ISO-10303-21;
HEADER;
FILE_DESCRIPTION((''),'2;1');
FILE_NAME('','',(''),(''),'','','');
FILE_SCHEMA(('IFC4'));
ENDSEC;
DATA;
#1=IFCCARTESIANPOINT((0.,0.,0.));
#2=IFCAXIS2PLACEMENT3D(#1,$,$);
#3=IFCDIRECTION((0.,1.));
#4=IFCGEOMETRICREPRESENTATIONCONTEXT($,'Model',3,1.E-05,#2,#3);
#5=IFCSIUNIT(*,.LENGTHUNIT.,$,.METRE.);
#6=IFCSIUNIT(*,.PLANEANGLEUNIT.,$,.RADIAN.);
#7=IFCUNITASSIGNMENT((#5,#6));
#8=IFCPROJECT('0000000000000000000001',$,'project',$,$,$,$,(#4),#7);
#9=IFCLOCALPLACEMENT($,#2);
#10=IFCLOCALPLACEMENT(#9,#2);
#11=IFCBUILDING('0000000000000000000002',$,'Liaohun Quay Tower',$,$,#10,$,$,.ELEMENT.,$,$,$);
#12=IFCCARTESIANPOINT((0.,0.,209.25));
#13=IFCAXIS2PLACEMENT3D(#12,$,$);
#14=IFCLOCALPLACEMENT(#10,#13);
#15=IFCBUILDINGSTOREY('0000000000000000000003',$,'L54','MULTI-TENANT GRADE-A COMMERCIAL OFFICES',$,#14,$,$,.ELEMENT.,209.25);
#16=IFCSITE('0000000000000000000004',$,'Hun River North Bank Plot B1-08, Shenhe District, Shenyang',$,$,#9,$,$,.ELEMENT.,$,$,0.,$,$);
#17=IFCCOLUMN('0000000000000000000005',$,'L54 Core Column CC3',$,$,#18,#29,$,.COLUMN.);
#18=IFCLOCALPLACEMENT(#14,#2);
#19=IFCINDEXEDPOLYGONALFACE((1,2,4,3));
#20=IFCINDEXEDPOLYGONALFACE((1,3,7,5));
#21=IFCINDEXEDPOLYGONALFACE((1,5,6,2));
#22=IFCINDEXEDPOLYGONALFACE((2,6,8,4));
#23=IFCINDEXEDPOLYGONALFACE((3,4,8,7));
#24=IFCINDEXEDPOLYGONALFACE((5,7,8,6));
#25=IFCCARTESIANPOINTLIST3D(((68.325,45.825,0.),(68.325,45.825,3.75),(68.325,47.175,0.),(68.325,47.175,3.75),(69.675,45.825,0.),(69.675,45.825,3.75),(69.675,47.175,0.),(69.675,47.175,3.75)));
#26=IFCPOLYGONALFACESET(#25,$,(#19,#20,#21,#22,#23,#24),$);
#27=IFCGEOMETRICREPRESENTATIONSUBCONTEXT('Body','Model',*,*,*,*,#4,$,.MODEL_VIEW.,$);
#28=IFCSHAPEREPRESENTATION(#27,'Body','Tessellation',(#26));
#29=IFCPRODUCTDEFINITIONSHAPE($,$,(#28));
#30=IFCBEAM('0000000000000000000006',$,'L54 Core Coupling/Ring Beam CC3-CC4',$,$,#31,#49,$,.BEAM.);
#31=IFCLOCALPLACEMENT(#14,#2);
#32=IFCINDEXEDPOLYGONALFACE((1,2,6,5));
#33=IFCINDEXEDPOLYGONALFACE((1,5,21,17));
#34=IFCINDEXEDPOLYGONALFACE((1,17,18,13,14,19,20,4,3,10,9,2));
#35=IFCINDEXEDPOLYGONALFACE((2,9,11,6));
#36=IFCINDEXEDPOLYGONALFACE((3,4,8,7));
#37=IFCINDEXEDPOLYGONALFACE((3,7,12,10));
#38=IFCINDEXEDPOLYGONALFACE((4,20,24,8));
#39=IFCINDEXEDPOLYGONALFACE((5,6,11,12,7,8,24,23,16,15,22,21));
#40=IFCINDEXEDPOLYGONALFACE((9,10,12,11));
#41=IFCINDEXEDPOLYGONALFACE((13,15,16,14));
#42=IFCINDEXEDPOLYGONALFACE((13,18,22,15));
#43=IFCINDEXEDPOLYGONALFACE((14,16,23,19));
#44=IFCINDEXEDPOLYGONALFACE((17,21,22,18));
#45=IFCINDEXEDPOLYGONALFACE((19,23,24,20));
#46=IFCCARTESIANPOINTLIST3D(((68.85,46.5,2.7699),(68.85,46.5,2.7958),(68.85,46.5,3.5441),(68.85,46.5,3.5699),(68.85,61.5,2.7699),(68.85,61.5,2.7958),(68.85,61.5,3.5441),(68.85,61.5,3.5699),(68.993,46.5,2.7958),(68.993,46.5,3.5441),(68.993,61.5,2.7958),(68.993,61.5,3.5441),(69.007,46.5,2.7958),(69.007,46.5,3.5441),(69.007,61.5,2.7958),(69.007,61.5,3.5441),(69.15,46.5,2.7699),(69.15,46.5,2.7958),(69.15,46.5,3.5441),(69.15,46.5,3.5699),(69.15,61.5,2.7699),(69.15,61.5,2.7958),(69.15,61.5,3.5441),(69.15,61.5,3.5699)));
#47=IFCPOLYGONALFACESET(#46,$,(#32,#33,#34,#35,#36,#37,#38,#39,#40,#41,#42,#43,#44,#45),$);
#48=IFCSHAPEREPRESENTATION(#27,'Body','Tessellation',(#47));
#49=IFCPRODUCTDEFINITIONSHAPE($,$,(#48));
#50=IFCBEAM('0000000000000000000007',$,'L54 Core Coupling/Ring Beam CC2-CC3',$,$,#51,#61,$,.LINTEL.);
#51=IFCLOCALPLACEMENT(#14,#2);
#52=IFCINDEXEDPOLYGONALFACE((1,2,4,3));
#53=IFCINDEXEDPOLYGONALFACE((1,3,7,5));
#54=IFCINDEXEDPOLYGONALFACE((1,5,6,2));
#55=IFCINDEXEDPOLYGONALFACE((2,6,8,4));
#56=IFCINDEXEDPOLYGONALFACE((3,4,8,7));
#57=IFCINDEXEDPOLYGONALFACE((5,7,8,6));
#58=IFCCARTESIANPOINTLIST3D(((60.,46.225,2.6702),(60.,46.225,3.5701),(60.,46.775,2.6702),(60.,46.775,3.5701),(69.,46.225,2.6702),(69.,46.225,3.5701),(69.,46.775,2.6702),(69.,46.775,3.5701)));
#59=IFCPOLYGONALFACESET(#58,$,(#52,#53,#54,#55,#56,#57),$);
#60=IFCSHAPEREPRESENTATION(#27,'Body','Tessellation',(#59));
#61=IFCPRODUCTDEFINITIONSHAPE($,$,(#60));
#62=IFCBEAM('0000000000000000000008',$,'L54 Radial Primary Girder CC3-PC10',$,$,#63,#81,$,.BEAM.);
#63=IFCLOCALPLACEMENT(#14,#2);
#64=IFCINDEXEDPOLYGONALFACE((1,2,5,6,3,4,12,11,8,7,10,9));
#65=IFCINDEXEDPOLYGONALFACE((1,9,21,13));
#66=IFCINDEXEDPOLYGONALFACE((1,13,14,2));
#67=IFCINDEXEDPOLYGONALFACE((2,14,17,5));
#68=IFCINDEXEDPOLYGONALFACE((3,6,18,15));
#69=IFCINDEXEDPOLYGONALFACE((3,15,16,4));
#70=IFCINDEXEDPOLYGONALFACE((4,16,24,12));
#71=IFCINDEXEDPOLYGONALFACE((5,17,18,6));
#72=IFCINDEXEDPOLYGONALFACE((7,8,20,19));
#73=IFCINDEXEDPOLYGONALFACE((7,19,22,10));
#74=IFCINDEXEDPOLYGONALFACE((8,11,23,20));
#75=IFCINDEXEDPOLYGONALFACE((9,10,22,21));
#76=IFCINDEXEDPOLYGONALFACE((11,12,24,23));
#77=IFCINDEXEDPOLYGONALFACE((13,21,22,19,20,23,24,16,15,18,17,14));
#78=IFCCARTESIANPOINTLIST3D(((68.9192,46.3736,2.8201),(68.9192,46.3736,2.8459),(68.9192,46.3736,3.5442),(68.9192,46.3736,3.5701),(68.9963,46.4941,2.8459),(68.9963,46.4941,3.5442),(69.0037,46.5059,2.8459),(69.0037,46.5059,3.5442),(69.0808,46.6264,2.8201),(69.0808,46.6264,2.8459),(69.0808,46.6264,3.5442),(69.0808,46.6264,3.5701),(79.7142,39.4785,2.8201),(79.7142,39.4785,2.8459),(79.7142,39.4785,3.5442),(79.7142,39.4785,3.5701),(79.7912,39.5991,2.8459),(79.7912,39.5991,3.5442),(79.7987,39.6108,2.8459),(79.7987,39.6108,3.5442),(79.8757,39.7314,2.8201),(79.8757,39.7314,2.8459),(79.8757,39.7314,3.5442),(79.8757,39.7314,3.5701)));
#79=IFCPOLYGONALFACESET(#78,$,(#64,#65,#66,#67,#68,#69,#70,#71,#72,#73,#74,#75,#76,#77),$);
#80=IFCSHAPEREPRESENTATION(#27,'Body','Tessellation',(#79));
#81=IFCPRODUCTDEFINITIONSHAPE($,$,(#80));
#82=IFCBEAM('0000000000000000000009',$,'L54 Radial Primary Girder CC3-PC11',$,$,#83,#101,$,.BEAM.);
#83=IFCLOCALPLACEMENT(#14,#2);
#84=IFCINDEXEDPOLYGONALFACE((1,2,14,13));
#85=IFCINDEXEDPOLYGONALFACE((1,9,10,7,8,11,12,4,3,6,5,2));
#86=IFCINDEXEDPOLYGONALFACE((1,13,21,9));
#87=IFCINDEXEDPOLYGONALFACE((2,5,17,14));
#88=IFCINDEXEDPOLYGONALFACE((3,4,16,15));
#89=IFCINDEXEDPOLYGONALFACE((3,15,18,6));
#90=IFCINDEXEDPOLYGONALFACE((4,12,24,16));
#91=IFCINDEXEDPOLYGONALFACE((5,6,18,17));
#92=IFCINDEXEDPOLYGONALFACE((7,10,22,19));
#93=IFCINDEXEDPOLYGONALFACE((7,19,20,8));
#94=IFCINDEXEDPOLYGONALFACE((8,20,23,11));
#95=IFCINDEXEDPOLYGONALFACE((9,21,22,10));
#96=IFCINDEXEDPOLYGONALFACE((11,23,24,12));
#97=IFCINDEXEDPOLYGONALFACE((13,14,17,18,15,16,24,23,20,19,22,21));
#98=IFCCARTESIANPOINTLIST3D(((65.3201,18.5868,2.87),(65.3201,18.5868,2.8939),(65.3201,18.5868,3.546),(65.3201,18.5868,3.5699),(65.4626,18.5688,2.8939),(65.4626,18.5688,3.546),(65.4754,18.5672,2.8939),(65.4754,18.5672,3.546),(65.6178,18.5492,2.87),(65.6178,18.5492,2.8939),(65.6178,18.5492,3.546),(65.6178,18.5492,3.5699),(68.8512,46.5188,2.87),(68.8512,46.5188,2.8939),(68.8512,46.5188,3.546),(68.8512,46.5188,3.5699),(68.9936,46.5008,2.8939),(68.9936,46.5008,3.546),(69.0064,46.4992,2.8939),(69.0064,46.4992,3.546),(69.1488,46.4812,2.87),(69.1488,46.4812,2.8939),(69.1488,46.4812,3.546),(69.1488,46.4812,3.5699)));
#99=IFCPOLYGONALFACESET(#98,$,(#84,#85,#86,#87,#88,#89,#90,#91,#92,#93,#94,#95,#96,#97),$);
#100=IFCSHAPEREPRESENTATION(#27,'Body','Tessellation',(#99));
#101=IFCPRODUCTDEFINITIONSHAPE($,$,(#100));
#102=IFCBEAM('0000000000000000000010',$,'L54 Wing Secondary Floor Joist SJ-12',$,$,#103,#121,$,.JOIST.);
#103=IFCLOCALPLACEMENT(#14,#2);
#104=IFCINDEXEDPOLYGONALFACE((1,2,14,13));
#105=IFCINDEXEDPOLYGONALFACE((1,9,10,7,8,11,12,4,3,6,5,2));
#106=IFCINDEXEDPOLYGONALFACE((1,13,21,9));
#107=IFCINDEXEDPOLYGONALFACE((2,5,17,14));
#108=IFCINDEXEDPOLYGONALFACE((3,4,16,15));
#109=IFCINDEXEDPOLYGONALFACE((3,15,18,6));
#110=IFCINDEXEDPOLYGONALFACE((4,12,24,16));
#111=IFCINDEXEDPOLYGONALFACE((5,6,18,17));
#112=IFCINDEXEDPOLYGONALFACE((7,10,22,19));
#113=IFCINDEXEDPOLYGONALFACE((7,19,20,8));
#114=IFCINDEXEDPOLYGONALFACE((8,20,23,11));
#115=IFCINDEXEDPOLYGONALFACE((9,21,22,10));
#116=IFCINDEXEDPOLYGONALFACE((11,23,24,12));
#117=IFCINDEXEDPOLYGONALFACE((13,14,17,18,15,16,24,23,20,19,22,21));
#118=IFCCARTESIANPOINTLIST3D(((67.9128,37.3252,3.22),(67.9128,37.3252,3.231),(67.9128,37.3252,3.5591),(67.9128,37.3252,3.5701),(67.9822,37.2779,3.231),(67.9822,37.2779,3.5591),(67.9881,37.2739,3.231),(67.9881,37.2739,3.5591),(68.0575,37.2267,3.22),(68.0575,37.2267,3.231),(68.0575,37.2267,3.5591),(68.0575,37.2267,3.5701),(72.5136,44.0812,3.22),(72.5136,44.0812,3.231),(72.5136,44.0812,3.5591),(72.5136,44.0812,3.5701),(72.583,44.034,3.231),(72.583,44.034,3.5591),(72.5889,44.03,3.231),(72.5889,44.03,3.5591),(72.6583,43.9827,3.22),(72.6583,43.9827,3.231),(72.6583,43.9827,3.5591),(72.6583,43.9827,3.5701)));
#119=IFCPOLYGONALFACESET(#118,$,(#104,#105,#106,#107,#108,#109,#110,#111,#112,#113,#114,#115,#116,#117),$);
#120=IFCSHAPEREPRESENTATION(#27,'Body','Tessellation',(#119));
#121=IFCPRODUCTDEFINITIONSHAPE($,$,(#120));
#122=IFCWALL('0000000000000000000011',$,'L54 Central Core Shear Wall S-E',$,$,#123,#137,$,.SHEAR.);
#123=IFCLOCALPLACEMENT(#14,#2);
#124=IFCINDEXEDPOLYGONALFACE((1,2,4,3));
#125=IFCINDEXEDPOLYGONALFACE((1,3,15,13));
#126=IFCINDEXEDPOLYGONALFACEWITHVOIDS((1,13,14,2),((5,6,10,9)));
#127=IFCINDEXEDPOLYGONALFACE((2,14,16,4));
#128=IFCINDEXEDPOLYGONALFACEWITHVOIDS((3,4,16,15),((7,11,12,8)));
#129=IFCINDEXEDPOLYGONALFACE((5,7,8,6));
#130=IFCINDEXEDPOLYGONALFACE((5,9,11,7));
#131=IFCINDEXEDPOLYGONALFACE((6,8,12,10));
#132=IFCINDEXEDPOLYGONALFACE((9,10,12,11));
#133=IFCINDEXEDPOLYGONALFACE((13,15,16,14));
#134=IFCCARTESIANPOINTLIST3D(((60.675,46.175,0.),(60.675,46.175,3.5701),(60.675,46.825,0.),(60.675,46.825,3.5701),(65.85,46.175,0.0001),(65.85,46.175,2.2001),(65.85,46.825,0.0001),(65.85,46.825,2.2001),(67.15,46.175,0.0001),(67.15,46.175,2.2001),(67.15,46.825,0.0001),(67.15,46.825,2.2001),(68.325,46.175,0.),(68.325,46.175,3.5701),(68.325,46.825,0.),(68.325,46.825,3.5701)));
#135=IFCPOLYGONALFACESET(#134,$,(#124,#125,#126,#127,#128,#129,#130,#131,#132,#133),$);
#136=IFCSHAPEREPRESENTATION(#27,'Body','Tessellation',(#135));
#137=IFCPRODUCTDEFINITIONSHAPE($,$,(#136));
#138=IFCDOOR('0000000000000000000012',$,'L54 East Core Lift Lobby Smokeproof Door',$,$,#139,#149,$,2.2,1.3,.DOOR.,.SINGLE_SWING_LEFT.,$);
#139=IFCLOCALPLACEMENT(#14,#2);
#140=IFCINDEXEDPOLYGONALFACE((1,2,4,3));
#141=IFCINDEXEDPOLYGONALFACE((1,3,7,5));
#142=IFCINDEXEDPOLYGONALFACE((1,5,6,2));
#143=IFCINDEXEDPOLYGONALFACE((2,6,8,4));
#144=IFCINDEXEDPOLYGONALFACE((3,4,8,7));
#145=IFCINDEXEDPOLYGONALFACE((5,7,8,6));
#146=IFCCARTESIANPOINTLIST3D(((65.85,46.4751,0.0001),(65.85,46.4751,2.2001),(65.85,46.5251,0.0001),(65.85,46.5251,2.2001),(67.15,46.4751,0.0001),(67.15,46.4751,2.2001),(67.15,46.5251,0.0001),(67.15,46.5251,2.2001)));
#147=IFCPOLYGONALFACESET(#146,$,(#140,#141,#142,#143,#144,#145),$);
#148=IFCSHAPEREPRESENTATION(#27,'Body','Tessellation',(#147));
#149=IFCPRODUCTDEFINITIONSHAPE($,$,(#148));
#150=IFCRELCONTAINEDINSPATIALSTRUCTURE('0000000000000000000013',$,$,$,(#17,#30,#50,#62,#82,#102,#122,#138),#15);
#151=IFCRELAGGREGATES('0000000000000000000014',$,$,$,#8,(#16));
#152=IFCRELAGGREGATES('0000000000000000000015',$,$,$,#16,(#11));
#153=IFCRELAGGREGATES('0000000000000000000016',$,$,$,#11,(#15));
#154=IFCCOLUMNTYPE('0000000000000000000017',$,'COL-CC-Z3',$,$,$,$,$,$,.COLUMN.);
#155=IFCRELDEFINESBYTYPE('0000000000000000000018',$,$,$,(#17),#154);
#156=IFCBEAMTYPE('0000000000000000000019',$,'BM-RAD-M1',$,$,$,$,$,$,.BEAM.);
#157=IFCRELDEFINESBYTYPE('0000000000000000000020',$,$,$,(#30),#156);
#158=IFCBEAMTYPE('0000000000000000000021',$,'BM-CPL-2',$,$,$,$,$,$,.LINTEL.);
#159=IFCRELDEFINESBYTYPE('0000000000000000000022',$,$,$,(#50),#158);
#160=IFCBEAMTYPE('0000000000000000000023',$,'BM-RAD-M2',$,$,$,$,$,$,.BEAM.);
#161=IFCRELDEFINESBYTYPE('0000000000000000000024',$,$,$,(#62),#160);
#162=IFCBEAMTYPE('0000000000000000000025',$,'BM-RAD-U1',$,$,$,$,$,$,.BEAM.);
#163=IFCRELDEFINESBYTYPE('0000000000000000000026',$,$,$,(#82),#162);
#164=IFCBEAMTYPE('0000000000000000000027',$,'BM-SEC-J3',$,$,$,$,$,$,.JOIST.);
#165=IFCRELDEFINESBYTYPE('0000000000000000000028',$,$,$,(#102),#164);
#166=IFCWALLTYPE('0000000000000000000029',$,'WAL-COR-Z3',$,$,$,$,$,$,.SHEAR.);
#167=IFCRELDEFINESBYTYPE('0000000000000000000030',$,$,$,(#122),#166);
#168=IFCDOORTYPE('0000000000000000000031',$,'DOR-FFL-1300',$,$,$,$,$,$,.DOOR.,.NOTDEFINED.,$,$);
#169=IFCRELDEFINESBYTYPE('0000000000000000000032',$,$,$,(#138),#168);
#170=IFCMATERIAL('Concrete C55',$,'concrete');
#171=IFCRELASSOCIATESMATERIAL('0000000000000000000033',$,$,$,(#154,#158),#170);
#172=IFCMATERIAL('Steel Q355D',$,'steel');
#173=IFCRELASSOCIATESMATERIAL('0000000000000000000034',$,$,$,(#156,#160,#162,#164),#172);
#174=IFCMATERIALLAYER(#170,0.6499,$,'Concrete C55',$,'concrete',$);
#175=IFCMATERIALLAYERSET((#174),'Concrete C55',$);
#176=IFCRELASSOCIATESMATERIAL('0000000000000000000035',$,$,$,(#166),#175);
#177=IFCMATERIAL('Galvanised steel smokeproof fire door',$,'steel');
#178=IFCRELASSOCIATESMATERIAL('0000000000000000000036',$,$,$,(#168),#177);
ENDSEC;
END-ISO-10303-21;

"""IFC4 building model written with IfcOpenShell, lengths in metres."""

from ifc_helpers import new_model, si_unit, direction, frame, frame_2d, origin, origin_2d, place, context, subcontext, project, spatial, rectangle, i_section, extrude, source, transform, mapped, material, layer, layer_set, material_profile, profile_set, type_object, element, fill, save


model = new_model("IFC4")

# Units and contexts
model_context = context("Model", 3, precision=1e-05, world=origin(), true_north=direction((0.0, 1.0)))
body_context = subcontext(model_context, "Body", "Model", "MODEL_VIEW")
ifc_project = project(units=[si_unit("LENGTHUNIT", "METRE"), si_unit("PLANEANGLEUNIT", "RADIAN")], contexts=[model_context])

# Site, building, storey
site_placement = place(None, origin())
site = spatial("IfcSite", under=ifc_project, at=site_placement, Name="Hun River North Bank Plot B1-08, Shenhe District, Shenyang", CompositionType="ELEMENT", RefElevation=0.0)
building_placement = place(site_placement, origin())
building = spatial("IfcBuilding", under=site, at=building_placement, Name="Liaohun Quay Tower", CompositionType="ELEMENT")
storey_placement = place(building_placement, frame((0.0, 0.0, 209.25)))
storey = spatial("IfcBuildingStorey", under=building, at=storey_placement, Name="L54", Description="MULTI-TENANT GRADE-A COMMERCIAL OFFICES", CompositionType="ELEMENT", Elevation=209.25)

# Column
ifc_material_1 = material(Name="Concrete C55", Category="concrete")
ifc_material_profile_1 = material_profile(ifc_material_1, rectangle(XDim=1.3501, YDim=1.3501, at=origin_2d()), Name="RC1350x1350")
ifc_profile_set_1 = profile_set([ifc_material_profile_1], Name="Concrete C55")
column_type = type_object("IfcColumnType", Name="COL-CC-Z3", PredefinedType="COLUMN", material=ifc_profile_set_1)
shared_shape_1 = source(origin(), body_context, "Body", "SweptSolid", [
    extrude(rectangle(XDim=1.3501, YDim=1.3501, at=origin_2d()), origin(), (0.0, 0.0, 1.0), 3.75),
])
column_placement = place(storey_placement, frame((69.0, 46.5, 0.0), z_axis=(0.0, 0.0, 1.0), x_axis=(1.0, 0.0, 0.0)))
element("IfcColumn", 1, at=column_placement, inside=storey, type_object=column_type, Name="L54 Core Column CC3", PredefinedType="COLUMN", context=body_context, shape_type="MappedRepresentation", body=[
    mapped(shared_shape_1, transform((0.0, 0.0, 0.0), x_axis=(1.0, 0.0, 0.0), y_axis=(0.0, 1.0, 0.0), z_axis=(0.0, 0.0, 1.0), scale=1.0)),
])

# Beams
ifc_material_2 = material(Name="Steel Q355D", Category="steel")
ifc_material_profile_2 = material_profile(ifc_material_2, i_section(OverallWidth=0.3, OverallDepth=0.8, WebThickness=0.0139, FlangeThickness=0.0259, at=origin_2d()), Name="HN800x300x14x26")
ifc_profile_set_2 = profile_set([ifc_material_profile_2], Name="Steel Q355D")
beam_type_1 = type_object("IfcBeamType", Name="BM-RAD-M1", PredefinedType="BEAM", material=ifc_profile_set_2)
shared_shape_2 = source(origin(), body_context, "Body", "SweptSolid", [
    extrude(i_section(OverallWidth=0.3, OverallDepth=0.8, WebThickness=0.0139, FlangeThickness=0.0259, at=origin_2d()), origin(), (0.0, 0.0, 1.0), 15.0),
])
beam_1_placement = place(storey_placement, frame((69.0, 46.5, 3.1699), z_axis=(0.0, 1.0, 0.0), x_axis=(-1.0, 0.0, 0.0)))
element("IfcBeam", 2, at=beam_1_placement, inside=storey, type_object=beam_type_1, Name="L54 Core Coupling/Ring Beam CC3-CC4", PredefinedType="BEAM", context=body_context, shape_type="MappedRepresentation", body=[
    mapped(shared_shape_2, transform((0.0, 0.0, 0.0), x_axis=(1.0, 0.0, 0.0), y_axis=(0.0, 1.0, 0.0), z_axis=(0.0, 0.0, 1.0), scale=1.0)),
])
ifc_material_profile_3 = material_profile(ifc_material_1, rectangle(XDim=0.55, YDim=0.8999, at=origin_2d()), Name="RC550x900")
ifc_profile_set_3 = profile_set([ifc_material_profile_3], Name="Concrete C55")
beam_type_2 = type_object("IfcBeamType", Name="BM-CPL-2", PredefinedType="LINTEL", material=ifc_profile_set_3)
shared_shape_3 = source(origin(), body_context, "Body", "SweptSolid", [
    extrude(rectangle(XDim=0.55, YDim=0.8999, at=origin_2d()), origin(), (0.0, 0.0, 1.0), 9.0),
])
beam_2_placement = place(storey_placement, frame((60.0, 46.5, 3.1201), z_axis=(1.0, 0.0, 0.0), x_axis=(0.0, 1.0, 0.0)))
element("IfcBeam", 3, at=beam_2_placement, inside=storey, type_object=beam_type_2, Name="L54 Core Coupling/Ring Beam CC2-CC3", PredefinedType="LINTEL", context=body_context, shape_type="MappedRepresentation", body=[
    mapped(shared_shape_3, transform((0.0, 0.0, 0.0), x_axis=(1.0, 0.0, 0.0), y_axis=(0.0, 1.0, 0.0), z_axis=(0.0, 0.0, 1.0), scale=1.0)),
])
ifc_material_profile_4 = material_profile(ifc_material_2, i_section(OverallWidth=0.3, OverallDepth=0.75, WebThickness=0.0139, FlangeThickness=0.0259, at=origin_2d()), Name="HN750x300x14x26")
ifc_profile_set_4 = profile_set([ifc_material_profile_4], Name="Steel Q355D")
beam_type_3 = type_object("IfcBeamType", Name="BM-RAD-M2", PredefinedType="BEAM", material=ifc_profile_set_4)
shared_shape_4 = source(origin(), body_context, "Body", "SweptSolid", [
    extrude(i_section(OverallWidth=0.3, OverallDepth=0.75, WebThickness=0.0139, FlangeThickness=0.0259, at=origin_2d()), origin(), (0.0, 0.0, 1.0), 12.8091),
])
beam_3_placement = place(storey_placement, frame((69.0, 46.5, 3.1951), z_axis=(0.842758, -0.538293, 0.0), x_axis=(0.538293, 0.842758, 0.0)))
element("IfcBeam", 4, at=beam_3_placement, inside=storey, type_object=beam_type_3, Name="L54 Radial Primary Girder CC3-PC10", PredefinedType="BEAM", context=body_context, shape_type="MappedRepresentation", body=[
    mapped(shared_shape_4, transform((0.0, 0.0, 0.0), x_axis=(1.0, 0.0, 0.0), y_axis=(0.0, 1.0, 0.0), z_axis=(0.0, 0.0, 1.0), scale=1.0)),
])
ifc_material_profile_5 = material_profile(ifc_material_2, i_section(OverallWidth=0.3, OverallDepth=0.7, WebThickness=0.0129, FlangeThickness=0.0239, at=origin_2d()), Name="HN700x300x13x24")
ifc_profile_set_5 = profile_set([ifc_material_profile_5], Name="Steel Q355D")
beam_type_4 = type_object("IfcBeamType", Name="BM-RAD-U1", PredefinedType="BEAM", material=ifc_profile_set_5)
shared_shape_5 = source(origin(), body_context, "Body", "SweptSolid", [
    extrude(i_section(OverallWidth=0.3, OverallDepth=0.7, WebThickness=0.0129, FlangeThickness=0.0239, at=origin_2d()), origin(), (0.0, 0.0, 1.0), 28.1543),
])
beam_4_placement = place(storey_placement, frame((69.0, 46.5, 3.22), z_axis=(-0.125417, -0.992104, 0.0), x_axis=(0.992104, -0.125417, 0.0)))
element("IfcBeam", 5, at=beam_4_placement, inside=storey, type_object=beam_type_4, Name="L54 Radial Primary Girder CC3-PC11", PredefinedType="BEAM", context=body_context, shape_type="MappedRepresentation", body=[
    mapped(shared_shape_5, transform((0.0, 0.0, 0.0), x_axis=(1.0, 0.0, 0.0), y_axis=(0.0, 1.0, 0.0), z_axis=(0.0, 0.0, 1.0), scale=1.0)),
])
ifc_material_profile_6 = material_profile(ifc_material_2, i_section(OverallWidth=0.175, OverallDepth=0.3501, WebThickness=0.0071, FlangeThickness=0.011, at=origin_2d()), Name="HN350x175x7x11")
ifc_profile_set_6 = profile_set([ifc_material_profile_6], Name="Steel Q355D")
beam_type_5 = type_object("IfcBeamType", Name="BM-SEC-J3", PredefinedType="JOIST", material=ifc_profile_set_6)
shared_shape_6 = source(origin(), body_context, "Body", "SweptSolid", [
    extrude(i_section(OverallWidth=0.175, OverallDepth=0.3501, WebThickness=0.0071, FlangeThickness=0.011, at=origin_2d()), origin(), (0.0, 0.0, 1.0), 8.1738),
])
beam_5_placement = place(storey_placement, frame((72.5859, 44.032, 3.395), z_axis=(-0.562869, -0.826546, 0.0), x_axis=(0.826546, -0.562869, 0.0)))
element("IfcBeam", 6, at=beam_5_placement, inside=storey, type_object=beam_type_5, Name="L54 Wing Secondary Floor Joist SJ-12", PredefinedType="JOIST", context=body_context, shape_type="MappedRepresentation", body=[
    mapped(shared_shape_6, transform((0.0, 0.0, 0.0), x_axis=(1.0, 0.0, 0.0), y_axis=(0.0, 1.0, 0.0), z_axis=(0.0, 0.0, 1.0), scale=1.0)),
])

# Wall, opening, door
ifc_layer_1 = layer(ifc_material_1, 0.6499, Name="Concrete C55", Category="concrete")
ifc_layer_set_1 = layer_set([ifc_layer_1], Name="Concrete C55")
wall_type_1 = type_object("IfcWallType", Name="WAL-COR-Z3", PredefinedType="SHEAR", material=ifc_layer_set_1)
wall_1_placement = place(storey_placement, frame((68.325, 46.5, 0.0), z_axis=(0.0, 0.0, 1.0), x_axis=(-1.0, 0.0, 0.0)))
wall_1 = element("IfcWall", 7, at=wall_1_placement, inside=storey, type_object=wall_type_1, Name="L54 Central Core Shear Wall S-E", PredefinedType="SHEAR", context=body_context, shape_type="SweptSolid", body=[
    extrude(rectangle(XDim=7.6499, YDim=0.6499, at=frame_2d((3.825, 0.0))), origin(), (0.0, 0.0, 1.0), 3.5701),
])
shared_shape_7 = source(origin(), body_context, "Body", "SweptSolid", [
    extrude(rectangle(XDim=1.3, YDim=2.2, at=frame_2d((0.6499, 1.1001))), frame((0.0, 0.335, 0.0), z_axis=(0.0, -1.0, 0.0), x_axis=(1.0, 0.0, 0.0)), (0.0, 0.0, 1.0), 0.6699),
])
opening_1_placement = place(wall_1_placement, frame((1.175, 0.0, 0.0)))
opening_1 = element("IfcOpeningElement", 8, at=opening_1_placement, cuts=wall_1, PredefinedType="OPENING", context=body_context, shape_type="MappedRepresentation", body=[
    mapped(shared_shape_7, transform((0.0, 0.0, 0.0), x_axis=(1.0, 0.0, 0.0), y_axis=(0.0, 1.0, 0.0), z_axis=(0.0, 0.0, 1.0), scale=1.0)),
])
ifc_material_3 = material(Name="Galvanised steel smokeproof fire door", Category="steel")
door_type_1 = type_object("IfcDoorType", Name="DOR-FFL-1300", OperationType="NOTDEFINED", PredefinedType="DOOR", material=ifc_material_3)
shared_shape_8 = source(origin(), body_context, "Body", "SweptSolid", [
    extrude(rectangle(XDim=1.3, YDim=2.2, at=frame_2d((0.6499, 1.1001))), frame((0.0, 0.0249, 0.0), z_axis=(0.0, -1.0, 0.0), x_axis=(1.0, 0.0, 0.0)), (0.0, 0.0, 1.0), 0.05),
])
door_1_placement = place(opening_1_placement, origin())
door_1 = element("IfcDoor", 9, at=door_1_placement, inside=storey, type_object=door_type_1, Name="L54 East Core Lift Lobby Smokeproof Door", OperationType="SINGLE_SWING_LEFT", OverallHeight=2.2, OverallWidth=1.3, PredefinedType="DOOR", context=body_context, shape_type="MappedRepresentation", body=[
    mapped(shared_shape_8, transform((0.0, 0.0, 0.0), x_axis=(1.0, 0.0, 0.0), y_axis=(0.0, 1.0, 0.0), z_axis=(0.0, 0.0, 1.0), scale=1.0)),
])
fill(opening_1, door_1)

save(model, "model.ifc")
